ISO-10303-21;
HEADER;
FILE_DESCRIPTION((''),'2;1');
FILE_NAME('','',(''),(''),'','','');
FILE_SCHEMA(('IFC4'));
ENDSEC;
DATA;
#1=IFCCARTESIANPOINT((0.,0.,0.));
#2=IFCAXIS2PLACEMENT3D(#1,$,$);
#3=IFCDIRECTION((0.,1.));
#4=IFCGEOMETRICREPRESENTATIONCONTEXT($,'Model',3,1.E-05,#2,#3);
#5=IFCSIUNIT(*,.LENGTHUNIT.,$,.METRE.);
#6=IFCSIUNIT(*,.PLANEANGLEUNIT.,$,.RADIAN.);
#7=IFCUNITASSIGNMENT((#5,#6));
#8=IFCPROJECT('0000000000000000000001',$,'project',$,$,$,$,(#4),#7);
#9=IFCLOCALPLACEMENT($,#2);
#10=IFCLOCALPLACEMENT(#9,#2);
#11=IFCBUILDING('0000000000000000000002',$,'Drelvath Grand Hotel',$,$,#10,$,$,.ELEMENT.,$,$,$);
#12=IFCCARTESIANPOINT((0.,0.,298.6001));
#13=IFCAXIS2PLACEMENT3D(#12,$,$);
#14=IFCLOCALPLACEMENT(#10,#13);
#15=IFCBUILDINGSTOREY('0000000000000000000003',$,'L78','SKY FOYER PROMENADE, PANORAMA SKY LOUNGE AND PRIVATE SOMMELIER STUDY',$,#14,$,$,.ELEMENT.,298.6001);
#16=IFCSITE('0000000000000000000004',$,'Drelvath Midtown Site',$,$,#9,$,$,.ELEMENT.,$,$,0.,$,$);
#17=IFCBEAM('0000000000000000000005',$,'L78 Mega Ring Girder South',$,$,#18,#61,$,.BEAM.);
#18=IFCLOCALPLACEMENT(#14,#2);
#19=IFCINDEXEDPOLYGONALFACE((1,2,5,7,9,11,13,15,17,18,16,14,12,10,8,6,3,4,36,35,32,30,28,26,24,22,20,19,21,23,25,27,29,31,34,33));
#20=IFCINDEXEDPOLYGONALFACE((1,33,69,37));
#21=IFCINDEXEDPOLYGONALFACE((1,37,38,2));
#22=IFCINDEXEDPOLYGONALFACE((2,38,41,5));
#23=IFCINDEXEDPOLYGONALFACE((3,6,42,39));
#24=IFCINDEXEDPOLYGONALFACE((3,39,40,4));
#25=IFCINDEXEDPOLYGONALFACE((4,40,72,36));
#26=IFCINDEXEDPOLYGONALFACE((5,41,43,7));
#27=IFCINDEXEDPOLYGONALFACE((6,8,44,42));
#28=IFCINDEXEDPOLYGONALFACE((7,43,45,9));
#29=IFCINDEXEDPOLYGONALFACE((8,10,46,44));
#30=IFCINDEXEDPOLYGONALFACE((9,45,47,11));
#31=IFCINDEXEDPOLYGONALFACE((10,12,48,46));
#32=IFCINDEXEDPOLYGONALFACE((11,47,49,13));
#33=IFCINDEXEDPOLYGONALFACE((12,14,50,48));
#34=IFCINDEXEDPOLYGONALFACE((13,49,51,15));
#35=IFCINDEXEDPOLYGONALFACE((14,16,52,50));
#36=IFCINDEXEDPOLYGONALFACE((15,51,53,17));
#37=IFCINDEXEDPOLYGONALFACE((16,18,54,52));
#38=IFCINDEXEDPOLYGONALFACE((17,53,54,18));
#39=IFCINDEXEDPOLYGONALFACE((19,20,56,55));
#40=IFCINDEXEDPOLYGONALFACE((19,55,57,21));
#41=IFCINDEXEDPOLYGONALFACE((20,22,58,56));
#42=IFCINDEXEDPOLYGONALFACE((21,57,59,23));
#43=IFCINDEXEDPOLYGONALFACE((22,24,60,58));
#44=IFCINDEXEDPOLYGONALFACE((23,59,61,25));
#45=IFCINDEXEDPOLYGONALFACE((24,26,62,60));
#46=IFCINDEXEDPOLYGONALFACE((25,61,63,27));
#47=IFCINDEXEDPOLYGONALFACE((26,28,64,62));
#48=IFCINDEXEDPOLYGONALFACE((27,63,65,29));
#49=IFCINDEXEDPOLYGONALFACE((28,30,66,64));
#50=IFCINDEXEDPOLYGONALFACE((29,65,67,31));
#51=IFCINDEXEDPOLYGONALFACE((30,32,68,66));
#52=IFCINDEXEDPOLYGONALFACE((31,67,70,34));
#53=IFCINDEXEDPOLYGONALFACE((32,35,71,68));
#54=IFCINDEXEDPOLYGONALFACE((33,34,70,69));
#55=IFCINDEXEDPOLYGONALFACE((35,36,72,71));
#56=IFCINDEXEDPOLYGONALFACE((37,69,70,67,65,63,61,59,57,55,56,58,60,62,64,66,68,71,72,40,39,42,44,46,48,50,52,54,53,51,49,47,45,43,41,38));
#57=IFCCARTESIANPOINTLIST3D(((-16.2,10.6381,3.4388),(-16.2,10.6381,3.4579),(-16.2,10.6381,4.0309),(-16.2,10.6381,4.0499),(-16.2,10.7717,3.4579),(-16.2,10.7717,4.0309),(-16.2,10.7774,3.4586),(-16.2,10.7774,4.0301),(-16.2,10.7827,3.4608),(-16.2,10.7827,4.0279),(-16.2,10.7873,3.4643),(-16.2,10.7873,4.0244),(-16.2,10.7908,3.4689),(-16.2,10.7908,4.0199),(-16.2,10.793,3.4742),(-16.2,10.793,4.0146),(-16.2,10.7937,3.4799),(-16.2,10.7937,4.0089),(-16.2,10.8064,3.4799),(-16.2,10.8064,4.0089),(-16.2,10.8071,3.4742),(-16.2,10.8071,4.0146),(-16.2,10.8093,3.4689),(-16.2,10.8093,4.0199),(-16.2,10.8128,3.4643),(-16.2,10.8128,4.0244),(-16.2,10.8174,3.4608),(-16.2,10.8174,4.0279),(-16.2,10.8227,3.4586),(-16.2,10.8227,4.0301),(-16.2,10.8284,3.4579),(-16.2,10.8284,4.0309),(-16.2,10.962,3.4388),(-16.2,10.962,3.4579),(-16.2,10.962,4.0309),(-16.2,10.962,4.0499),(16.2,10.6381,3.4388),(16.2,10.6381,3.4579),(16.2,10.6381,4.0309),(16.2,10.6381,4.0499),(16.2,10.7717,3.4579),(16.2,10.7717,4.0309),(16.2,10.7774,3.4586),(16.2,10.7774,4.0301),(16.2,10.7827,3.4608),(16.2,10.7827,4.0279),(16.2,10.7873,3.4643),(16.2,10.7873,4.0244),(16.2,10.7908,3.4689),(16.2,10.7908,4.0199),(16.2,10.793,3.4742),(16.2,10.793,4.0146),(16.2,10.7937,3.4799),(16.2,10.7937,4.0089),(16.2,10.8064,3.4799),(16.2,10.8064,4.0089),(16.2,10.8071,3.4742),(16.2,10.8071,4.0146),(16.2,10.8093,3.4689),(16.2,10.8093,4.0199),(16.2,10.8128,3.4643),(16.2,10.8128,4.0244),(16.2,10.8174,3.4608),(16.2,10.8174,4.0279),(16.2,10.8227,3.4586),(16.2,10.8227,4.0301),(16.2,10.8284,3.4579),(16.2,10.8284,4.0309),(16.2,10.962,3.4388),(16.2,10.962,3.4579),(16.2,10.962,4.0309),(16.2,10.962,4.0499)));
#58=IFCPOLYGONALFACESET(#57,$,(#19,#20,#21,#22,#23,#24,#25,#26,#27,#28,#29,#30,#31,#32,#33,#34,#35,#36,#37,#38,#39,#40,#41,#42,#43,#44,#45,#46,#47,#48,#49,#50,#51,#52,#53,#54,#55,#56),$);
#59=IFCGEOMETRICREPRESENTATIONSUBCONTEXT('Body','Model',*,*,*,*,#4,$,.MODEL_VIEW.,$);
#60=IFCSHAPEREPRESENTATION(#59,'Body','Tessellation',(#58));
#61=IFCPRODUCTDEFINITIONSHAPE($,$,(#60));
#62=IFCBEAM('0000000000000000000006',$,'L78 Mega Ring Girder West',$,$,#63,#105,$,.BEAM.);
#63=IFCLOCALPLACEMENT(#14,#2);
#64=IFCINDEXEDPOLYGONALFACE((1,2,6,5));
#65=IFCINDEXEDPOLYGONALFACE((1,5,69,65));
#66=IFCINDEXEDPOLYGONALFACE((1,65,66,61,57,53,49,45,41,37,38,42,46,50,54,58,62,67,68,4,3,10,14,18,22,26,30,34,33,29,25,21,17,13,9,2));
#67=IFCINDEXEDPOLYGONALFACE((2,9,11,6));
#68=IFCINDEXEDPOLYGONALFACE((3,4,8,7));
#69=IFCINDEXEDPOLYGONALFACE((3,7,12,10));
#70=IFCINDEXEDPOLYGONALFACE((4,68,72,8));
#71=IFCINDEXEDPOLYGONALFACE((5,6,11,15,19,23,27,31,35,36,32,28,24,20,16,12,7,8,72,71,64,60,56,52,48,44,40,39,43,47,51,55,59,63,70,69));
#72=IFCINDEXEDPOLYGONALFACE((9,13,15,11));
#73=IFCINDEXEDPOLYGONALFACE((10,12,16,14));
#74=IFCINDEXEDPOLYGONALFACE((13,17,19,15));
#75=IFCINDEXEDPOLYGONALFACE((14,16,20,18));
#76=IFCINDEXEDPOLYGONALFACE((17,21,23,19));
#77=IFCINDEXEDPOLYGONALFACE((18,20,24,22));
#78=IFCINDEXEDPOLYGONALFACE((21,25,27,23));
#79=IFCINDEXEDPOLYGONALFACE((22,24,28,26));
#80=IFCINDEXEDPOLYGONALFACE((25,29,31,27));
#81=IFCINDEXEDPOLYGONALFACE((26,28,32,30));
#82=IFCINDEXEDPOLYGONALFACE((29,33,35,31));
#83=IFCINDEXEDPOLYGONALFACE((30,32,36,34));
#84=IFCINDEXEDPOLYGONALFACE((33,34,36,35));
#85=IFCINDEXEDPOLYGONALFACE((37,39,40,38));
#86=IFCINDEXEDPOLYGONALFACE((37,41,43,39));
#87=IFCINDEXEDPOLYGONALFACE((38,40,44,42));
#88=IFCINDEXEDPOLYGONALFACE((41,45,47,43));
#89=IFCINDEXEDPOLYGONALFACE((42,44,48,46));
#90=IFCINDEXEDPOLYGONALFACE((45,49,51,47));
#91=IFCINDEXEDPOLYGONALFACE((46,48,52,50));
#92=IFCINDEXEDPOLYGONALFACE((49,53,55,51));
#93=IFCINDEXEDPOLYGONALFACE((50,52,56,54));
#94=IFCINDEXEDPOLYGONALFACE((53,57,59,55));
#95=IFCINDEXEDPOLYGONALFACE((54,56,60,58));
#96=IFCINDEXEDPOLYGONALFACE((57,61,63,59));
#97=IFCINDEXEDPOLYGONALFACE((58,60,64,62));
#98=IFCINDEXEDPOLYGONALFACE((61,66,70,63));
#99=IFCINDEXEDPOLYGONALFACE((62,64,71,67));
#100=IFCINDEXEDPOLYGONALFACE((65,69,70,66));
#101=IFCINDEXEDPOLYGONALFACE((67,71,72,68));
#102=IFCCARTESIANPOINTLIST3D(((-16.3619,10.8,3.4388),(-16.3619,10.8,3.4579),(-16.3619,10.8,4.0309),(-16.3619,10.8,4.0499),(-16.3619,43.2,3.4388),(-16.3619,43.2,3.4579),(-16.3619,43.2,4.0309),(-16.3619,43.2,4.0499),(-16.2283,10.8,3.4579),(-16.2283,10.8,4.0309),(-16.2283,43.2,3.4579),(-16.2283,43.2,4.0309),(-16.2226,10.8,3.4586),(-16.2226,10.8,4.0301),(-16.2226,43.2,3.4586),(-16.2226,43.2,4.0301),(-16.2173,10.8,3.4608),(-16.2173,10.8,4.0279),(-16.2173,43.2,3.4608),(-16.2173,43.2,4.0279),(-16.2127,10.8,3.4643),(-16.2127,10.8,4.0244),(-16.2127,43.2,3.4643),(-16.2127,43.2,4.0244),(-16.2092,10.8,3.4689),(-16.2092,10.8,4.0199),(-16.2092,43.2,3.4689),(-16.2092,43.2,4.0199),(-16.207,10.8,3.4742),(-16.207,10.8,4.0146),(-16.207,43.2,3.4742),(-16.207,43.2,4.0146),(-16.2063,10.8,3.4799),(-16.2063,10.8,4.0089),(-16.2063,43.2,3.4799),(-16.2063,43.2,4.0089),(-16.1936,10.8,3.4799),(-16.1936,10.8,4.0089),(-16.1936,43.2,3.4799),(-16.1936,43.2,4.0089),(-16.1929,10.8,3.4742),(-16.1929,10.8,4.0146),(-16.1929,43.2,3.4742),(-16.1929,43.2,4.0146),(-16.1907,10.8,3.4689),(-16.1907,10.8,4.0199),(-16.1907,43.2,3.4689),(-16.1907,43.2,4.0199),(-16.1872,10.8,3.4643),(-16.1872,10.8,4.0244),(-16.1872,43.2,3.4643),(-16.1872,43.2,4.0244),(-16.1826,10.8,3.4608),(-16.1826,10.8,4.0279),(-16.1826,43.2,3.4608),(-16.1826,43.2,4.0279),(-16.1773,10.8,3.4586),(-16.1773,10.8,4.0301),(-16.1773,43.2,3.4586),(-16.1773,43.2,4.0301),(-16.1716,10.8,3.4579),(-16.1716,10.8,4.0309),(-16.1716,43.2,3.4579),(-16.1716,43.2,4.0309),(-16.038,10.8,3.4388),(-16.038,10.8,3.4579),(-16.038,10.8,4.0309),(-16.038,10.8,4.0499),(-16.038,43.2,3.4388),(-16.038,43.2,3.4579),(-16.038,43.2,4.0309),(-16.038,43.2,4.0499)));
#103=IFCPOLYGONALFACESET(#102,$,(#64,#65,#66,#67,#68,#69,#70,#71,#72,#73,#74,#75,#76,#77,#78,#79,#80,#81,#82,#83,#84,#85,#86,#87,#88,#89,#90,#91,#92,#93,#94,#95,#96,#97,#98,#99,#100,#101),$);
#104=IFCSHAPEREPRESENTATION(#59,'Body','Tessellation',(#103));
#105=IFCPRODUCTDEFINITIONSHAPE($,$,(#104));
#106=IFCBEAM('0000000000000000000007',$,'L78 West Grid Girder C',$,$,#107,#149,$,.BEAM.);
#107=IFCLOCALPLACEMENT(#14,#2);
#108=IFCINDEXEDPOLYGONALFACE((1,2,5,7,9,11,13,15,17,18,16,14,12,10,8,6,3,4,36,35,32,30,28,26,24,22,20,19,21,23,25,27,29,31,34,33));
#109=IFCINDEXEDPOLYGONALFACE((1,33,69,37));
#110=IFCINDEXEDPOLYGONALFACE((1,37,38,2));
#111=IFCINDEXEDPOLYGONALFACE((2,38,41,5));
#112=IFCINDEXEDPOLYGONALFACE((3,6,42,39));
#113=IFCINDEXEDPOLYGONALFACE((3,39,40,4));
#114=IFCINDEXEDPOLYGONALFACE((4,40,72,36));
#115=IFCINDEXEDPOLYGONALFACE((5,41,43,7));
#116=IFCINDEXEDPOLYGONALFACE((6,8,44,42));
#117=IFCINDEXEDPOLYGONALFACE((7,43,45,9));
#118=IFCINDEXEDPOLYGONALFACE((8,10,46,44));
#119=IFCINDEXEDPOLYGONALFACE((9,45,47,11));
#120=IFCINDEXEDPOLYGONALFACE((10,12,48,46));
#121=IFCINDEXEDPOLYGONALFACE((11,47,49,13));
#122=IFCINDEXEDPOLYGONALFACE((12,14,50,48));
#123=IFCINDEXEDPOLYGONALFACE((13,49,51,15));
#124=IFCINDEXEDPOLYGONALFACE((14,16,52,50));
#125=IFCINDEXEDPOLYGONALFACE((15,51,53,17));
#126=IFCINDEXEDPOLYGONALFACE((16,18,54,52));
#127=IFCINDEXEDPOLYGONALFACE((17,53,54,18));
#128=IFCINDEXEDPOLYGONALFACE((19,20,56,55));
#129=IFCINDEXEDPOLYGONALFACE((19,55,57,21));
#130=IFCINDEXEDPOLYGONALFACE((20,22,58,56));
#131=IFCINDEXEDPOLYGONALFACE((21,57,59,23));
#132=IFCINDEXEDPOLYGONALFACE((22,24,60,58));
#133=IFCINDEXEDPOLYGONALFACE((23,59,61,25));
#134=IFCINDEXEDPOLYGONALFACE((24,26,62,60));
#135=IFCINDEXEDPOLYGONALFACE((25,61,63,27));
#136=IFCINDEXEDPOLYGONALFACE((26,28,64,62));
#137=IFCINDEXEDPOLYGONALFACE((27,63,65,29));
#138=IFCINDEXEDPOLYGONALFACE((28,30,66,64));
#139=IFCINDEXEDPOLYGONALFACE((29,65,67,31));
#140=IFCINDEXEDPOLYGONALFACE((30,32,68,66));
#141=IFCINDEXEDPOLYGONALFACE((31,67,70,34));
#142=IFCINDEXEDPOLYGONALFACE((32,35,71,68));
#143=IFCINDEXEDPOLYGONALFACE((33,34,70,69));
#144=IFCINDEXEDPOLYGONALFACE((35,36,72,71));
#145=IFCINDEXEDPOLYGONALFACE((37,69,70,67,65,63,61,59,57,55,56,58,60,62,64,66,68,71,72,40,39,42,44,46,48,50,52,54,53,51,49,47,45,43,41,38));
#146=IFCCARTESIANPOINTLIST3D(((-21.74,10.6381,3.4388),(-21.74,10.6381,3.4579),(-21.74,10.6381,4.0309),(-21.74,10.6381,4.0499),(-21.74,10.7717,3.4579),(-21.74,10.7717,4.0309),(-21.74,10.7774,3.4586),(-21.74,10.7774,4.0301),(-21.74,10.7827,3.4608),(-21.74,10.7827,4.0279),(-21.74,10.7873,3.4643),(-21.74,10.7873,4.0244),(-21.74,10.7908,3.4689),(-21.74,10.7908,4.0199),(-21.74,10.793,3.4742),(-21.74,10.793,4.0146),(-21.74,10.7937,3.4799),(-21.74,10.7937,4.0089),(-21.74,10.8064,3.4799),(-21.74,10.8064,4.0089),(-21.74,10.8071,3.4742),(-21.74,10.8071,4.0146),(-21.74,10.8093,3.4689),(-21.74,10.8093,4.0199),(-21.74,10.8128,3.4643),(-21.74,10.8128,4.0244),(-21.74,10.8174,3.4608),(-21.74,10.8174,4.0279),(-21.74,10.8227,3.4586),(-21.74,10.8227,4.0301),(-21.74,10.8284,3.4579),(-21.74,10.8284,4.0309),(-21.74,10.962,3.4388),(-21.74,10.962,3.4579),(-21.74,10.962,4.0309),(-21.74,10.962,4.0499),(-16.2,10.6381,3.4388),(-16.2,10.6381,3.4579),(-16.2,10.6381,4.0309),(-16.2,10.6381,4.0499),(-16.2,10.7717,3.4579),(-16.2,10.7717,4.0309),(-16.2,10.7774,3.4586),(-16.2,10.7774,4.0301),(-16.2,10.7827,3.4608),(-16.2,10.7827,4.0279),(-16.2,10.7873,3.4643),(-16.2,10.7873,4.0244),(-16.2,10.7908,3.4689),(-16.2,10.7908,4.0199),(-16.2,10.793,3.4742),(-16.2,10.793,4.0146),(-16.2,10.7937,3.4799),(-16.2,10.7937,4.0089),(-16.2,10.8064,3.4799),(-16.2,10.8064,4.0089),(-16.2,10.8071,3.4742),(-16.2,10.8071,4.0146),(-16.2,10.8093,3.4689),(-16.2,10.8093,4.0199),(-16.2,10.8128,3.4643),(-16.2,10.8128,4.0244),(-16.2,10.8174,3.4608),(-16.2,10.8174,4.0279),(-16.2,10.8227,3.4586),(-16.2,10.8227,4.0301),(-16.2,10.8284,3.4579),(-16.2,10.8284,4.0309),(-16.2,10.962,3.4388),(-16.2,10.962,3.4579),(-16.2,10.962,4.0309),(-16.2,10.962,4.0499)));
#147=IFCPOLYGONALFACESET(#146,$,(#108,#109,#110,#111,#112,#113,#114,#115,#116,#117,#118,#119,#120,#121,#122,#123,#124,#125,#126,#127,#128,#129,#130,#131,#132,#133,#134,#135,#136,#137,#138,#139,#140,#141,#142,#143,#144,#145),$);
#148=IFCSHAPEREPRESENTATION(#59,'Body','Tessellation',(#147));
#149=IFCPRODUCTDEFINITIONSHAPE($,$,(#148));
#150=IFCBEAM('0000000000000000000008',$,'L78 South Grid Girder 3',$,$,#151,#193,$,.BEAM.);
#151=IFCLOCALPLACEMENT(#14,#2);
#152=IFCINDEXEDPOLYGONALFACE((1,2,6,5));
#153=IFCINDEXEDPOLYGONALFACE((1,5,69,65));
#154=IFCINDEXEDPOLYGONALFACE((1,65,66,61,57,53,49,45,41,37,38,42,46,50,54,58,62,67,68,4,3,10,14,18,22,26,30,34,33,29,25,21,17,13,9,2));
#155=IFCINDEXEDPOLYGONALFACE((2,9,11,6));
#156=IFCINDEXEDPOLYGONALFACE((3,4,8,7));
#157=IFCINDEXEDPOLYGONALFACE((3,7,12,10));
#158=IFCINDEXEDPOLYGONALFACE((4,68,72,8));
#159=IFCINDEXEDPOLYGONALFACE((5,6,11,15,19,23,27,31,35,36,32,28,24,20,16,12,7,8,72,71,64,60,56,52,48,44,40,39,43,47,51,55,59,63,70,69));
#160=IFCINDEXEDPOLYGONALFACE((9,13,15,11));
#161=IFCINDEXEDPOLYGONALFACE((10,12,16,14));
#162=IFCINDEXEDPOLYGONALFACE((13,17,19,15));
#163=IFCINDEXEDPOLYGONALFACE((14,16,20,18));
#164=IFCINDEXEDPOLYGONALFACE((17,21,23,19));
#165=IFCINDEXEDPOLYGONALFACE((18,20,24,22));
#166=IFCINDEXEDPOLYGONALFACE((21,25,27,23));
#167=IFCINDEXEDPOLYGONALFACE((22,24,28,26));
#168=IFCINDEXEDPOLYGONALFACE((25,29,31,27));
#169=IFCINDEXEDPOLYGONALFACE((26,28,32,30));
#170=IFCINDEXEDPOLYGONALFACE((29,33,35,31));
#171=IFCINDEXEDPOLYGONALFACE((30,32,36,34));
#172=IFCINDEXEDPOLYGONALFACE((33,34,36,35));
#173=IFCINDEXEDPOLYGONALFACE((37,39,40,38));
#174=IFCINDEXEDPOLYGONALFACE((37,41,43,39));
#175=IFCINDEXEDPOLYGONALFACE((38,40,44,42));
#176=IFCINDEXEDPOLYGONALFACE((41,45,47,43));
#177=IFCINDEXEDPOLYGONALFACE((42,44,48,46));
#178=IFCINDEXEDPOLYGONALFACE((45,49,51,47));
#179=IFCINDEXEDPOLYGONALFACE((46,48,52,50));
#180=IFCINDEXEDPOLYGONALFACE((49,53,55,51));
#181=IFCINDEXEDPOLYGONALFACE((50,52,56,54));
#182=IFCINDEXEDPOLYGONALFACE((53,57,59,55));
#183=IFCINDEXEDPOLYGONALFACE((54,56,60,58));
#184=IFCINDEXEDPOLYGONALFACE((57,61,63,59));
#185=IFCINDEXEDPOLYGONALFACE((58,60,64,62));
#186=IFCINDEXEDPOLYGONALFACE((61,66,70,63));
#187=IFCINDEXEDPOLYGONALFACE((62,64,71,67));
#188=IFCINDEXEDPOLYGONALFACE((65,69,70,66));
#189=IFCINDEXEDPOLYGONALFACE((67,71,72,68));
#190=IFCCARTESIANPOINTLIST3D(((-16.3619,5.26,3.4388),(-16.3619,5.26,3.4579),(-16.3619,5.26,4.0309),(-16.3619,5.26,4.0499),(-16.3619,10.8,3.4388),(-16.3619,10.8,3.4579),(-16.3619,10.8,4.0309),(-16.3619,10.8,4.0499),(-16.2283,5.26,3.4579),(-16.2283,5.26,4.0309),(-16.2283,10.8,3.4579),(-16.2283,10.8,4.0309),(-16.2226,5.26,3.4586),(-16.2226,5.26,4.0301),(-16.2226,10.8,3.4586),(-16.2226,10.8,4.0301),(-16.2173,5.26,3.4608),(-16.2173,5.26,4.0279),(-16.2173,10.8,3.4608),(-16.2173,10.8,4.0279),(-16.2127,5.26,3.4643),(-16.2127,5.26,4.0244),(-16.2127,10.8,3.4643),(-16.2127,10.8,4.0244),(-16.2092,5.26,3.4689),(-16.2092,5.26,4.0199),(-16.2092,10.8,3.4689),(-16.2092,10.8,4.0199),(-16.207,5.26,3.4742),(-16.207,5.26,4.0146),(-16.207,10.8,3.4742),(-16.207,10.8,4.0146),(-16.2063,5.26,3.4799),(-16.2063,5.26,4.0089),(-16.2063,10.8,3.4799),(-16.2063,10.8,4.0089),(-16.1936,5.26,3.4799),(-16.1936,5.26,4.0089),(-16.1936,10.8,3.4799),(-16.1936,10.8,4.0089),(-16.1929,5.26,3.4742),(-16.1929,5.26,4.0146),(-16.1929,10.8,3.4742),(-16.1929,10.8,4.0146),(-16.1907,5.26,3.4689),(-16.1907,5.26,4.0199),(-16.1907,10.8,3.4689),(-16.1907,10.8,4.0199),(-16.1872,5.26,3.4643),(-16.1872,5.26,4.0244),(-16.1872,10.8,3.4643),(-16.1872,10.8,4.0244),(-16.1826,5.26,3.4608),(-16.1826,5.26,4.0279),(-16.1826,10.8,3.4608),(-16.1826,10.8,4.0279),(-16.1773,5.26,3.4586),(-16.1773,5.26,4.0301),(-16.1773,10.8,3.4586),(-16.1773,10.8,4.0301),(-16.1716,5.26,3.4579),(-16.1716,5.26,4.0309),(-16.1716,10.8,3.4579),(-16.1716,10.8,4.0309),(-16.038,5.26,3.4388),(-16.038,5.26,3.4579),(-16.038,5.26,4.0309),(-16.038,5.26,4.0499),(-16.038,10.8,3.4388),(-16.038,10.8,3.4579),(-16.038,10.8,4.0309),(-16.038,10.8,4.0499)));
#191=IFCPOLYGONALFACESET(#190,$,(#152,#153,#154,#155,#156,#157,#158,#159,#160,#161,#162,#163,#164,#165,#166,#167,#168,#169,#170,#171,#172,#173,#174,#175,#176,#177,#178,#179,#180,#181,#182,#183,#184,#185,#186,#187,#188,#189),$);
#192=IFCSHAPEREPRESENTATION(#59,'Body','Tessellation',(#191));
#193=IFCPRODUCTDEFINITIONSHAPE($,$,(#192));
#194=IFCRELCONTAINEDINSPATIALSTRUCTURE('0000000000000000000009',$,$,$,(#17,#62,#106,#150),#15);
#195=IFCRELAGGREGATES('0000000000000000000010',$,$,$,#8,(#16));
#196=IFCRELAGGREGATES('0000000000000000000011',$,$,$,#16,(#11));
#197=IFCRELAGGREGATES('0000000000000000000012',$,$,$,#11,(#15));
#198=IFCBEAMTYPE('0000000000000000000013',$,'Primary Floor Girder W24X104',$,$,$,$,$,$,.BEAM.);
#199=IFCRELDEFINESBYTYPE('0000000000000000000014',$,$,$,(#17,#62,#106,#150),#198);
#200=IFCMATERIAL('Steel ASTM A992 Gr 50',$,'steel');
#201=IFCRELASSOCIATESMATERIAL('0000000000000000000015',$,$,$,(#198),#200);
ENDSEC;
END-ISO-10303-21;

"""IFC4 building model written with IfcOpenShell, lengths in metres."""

from ifc_helpers import new_model, si_unit, direction, frame, origin, origin_2d, place, context, subcontext, project, spatial, i_section, extrude, material, material_profile, profile_set, type_object, element, save


model = new_model("IFC4")

# Units and contexts
model_context = context("Model", 3, precision=1e-05, world=origin(), true_north=direction((0.0, 1.0)))
body_context = subcontext(model_context, "Body", "Model", "MODEL_VIEW")
ifc_project = project(units=[si_unit("LENGTHUNIT", "METRE"), si_unit("PLANEANGLEUNIT", "RADIAN")], contexts=[model_context])

# Site, building, storey
site_placement = place(None, origin())
site = spatial("IfcSite", under=ifc_project, at=site_placement, Name="Drelvath Midtown Site", CompositionType="ELEMENT", RefElevation=0.0)
building_placement = place(site_placement, origin())
building = spatial("IfcBuilding", under=site, at=building_placement, Name="Drelvath Grand Hotel", CompositionType="ELEMENT")
storey_placement = place(building_placement, frame((0.0, 0.0, 298.6001)))
storey = spatial("IfcBuildingStorey", under=building, at=storey_placement, Name="L78", Description="SKY FOYER PROMENADE, PANORAMA SKY LOUNGE AND PRIVATE SOMMELIER STUDY", CompositionType="ELEMENT", Elevation=298.6001)

# Shared definitions
ifc_material_1 = material(Name="Steel ASTM A992 Gr 50", Category="steel")

# Beams
ifc_material_profile_1 = material_profile(ifc_material_1, i_section(OverallWidth=0.324, OverallDepth=0.6111, WebThickness=0.0127, FlangeThickness=0.019, FilletRadius=0.022, at=origin_2d()), Name="W24X104")
ifc_profile_set_1 = profile_set([ifc_material_profile_1], Name="Steel ASTM A992 Gr 50")
beam_type_1 = type_object("IfcBeamType", Name="Primary Floor Girder W24X104", PredefinedType="BEAM", material=ifc_profile_set_1)
for number, where, z_axis, x_axis, name in (
    (1, (-16.2, 10.8, 3.7444), (1.0, 0.0, 0.0), (0.0, 1.0, 0.0), "L78 Mega Ring Girder South"),
    (2, (-16.2, 10.8, 3.7444), (0.0, 1.0, 0.0), (-1.0, 0.0, 0.0), "L78 Mega Ring Girder West"),
):
    element("IfcBeam", number, at=place(storey_placement, frame(where, z_axis=z_axis, x_axis=x_axis)), inside=storey, type_object=beam_type_1, Name=name, PredefinedType="BEAM", context=body_context, shape_type="SweptSolid", body=[
        extrude(i_section(OverallWidth=0.324, OverallDepth=0.6111, WebThickness=0.0127, FlangeThickness=0.019, FilletRadius=0.022, at=origin_2d()), origin(), (0.0, 0.0, 1.0), 32.3999),
    ])
for number, where, z_axis, x_axis, name in (
    (3, (-21.74, 10.8, 3.7444), (1.0, 0.0, 0.0), (0.0, 1.0, 0.0), "L78 West Grid Girder C"),
    (4, (-16.2, 5.26, 3.7444), (0.0, 1.0, 0.0), (-1.0, 0.0, 0.0), "L78 South Grid Girder 3"),
):
    element("IfcBeam", number, at=place(storey_placement, frame(where, z_axis=z_axis, x_axis=x_axis)), inside=storey, type_object=beam_type_1, Name=name, PredefinedType="BEAM", context=body_context, shape_type="SweptSolid", body=[
        extrude(i_section(OverallWidth=0.324, OverallDepth=0.6111, WebThickness=0.0127, FlangeThickness=0.019, FilletRadius=0.022, at=origin_2d()), origin(), (0.0, 0.0, 1.0), 5.54),
    ])

save(model, "model.ifc")
